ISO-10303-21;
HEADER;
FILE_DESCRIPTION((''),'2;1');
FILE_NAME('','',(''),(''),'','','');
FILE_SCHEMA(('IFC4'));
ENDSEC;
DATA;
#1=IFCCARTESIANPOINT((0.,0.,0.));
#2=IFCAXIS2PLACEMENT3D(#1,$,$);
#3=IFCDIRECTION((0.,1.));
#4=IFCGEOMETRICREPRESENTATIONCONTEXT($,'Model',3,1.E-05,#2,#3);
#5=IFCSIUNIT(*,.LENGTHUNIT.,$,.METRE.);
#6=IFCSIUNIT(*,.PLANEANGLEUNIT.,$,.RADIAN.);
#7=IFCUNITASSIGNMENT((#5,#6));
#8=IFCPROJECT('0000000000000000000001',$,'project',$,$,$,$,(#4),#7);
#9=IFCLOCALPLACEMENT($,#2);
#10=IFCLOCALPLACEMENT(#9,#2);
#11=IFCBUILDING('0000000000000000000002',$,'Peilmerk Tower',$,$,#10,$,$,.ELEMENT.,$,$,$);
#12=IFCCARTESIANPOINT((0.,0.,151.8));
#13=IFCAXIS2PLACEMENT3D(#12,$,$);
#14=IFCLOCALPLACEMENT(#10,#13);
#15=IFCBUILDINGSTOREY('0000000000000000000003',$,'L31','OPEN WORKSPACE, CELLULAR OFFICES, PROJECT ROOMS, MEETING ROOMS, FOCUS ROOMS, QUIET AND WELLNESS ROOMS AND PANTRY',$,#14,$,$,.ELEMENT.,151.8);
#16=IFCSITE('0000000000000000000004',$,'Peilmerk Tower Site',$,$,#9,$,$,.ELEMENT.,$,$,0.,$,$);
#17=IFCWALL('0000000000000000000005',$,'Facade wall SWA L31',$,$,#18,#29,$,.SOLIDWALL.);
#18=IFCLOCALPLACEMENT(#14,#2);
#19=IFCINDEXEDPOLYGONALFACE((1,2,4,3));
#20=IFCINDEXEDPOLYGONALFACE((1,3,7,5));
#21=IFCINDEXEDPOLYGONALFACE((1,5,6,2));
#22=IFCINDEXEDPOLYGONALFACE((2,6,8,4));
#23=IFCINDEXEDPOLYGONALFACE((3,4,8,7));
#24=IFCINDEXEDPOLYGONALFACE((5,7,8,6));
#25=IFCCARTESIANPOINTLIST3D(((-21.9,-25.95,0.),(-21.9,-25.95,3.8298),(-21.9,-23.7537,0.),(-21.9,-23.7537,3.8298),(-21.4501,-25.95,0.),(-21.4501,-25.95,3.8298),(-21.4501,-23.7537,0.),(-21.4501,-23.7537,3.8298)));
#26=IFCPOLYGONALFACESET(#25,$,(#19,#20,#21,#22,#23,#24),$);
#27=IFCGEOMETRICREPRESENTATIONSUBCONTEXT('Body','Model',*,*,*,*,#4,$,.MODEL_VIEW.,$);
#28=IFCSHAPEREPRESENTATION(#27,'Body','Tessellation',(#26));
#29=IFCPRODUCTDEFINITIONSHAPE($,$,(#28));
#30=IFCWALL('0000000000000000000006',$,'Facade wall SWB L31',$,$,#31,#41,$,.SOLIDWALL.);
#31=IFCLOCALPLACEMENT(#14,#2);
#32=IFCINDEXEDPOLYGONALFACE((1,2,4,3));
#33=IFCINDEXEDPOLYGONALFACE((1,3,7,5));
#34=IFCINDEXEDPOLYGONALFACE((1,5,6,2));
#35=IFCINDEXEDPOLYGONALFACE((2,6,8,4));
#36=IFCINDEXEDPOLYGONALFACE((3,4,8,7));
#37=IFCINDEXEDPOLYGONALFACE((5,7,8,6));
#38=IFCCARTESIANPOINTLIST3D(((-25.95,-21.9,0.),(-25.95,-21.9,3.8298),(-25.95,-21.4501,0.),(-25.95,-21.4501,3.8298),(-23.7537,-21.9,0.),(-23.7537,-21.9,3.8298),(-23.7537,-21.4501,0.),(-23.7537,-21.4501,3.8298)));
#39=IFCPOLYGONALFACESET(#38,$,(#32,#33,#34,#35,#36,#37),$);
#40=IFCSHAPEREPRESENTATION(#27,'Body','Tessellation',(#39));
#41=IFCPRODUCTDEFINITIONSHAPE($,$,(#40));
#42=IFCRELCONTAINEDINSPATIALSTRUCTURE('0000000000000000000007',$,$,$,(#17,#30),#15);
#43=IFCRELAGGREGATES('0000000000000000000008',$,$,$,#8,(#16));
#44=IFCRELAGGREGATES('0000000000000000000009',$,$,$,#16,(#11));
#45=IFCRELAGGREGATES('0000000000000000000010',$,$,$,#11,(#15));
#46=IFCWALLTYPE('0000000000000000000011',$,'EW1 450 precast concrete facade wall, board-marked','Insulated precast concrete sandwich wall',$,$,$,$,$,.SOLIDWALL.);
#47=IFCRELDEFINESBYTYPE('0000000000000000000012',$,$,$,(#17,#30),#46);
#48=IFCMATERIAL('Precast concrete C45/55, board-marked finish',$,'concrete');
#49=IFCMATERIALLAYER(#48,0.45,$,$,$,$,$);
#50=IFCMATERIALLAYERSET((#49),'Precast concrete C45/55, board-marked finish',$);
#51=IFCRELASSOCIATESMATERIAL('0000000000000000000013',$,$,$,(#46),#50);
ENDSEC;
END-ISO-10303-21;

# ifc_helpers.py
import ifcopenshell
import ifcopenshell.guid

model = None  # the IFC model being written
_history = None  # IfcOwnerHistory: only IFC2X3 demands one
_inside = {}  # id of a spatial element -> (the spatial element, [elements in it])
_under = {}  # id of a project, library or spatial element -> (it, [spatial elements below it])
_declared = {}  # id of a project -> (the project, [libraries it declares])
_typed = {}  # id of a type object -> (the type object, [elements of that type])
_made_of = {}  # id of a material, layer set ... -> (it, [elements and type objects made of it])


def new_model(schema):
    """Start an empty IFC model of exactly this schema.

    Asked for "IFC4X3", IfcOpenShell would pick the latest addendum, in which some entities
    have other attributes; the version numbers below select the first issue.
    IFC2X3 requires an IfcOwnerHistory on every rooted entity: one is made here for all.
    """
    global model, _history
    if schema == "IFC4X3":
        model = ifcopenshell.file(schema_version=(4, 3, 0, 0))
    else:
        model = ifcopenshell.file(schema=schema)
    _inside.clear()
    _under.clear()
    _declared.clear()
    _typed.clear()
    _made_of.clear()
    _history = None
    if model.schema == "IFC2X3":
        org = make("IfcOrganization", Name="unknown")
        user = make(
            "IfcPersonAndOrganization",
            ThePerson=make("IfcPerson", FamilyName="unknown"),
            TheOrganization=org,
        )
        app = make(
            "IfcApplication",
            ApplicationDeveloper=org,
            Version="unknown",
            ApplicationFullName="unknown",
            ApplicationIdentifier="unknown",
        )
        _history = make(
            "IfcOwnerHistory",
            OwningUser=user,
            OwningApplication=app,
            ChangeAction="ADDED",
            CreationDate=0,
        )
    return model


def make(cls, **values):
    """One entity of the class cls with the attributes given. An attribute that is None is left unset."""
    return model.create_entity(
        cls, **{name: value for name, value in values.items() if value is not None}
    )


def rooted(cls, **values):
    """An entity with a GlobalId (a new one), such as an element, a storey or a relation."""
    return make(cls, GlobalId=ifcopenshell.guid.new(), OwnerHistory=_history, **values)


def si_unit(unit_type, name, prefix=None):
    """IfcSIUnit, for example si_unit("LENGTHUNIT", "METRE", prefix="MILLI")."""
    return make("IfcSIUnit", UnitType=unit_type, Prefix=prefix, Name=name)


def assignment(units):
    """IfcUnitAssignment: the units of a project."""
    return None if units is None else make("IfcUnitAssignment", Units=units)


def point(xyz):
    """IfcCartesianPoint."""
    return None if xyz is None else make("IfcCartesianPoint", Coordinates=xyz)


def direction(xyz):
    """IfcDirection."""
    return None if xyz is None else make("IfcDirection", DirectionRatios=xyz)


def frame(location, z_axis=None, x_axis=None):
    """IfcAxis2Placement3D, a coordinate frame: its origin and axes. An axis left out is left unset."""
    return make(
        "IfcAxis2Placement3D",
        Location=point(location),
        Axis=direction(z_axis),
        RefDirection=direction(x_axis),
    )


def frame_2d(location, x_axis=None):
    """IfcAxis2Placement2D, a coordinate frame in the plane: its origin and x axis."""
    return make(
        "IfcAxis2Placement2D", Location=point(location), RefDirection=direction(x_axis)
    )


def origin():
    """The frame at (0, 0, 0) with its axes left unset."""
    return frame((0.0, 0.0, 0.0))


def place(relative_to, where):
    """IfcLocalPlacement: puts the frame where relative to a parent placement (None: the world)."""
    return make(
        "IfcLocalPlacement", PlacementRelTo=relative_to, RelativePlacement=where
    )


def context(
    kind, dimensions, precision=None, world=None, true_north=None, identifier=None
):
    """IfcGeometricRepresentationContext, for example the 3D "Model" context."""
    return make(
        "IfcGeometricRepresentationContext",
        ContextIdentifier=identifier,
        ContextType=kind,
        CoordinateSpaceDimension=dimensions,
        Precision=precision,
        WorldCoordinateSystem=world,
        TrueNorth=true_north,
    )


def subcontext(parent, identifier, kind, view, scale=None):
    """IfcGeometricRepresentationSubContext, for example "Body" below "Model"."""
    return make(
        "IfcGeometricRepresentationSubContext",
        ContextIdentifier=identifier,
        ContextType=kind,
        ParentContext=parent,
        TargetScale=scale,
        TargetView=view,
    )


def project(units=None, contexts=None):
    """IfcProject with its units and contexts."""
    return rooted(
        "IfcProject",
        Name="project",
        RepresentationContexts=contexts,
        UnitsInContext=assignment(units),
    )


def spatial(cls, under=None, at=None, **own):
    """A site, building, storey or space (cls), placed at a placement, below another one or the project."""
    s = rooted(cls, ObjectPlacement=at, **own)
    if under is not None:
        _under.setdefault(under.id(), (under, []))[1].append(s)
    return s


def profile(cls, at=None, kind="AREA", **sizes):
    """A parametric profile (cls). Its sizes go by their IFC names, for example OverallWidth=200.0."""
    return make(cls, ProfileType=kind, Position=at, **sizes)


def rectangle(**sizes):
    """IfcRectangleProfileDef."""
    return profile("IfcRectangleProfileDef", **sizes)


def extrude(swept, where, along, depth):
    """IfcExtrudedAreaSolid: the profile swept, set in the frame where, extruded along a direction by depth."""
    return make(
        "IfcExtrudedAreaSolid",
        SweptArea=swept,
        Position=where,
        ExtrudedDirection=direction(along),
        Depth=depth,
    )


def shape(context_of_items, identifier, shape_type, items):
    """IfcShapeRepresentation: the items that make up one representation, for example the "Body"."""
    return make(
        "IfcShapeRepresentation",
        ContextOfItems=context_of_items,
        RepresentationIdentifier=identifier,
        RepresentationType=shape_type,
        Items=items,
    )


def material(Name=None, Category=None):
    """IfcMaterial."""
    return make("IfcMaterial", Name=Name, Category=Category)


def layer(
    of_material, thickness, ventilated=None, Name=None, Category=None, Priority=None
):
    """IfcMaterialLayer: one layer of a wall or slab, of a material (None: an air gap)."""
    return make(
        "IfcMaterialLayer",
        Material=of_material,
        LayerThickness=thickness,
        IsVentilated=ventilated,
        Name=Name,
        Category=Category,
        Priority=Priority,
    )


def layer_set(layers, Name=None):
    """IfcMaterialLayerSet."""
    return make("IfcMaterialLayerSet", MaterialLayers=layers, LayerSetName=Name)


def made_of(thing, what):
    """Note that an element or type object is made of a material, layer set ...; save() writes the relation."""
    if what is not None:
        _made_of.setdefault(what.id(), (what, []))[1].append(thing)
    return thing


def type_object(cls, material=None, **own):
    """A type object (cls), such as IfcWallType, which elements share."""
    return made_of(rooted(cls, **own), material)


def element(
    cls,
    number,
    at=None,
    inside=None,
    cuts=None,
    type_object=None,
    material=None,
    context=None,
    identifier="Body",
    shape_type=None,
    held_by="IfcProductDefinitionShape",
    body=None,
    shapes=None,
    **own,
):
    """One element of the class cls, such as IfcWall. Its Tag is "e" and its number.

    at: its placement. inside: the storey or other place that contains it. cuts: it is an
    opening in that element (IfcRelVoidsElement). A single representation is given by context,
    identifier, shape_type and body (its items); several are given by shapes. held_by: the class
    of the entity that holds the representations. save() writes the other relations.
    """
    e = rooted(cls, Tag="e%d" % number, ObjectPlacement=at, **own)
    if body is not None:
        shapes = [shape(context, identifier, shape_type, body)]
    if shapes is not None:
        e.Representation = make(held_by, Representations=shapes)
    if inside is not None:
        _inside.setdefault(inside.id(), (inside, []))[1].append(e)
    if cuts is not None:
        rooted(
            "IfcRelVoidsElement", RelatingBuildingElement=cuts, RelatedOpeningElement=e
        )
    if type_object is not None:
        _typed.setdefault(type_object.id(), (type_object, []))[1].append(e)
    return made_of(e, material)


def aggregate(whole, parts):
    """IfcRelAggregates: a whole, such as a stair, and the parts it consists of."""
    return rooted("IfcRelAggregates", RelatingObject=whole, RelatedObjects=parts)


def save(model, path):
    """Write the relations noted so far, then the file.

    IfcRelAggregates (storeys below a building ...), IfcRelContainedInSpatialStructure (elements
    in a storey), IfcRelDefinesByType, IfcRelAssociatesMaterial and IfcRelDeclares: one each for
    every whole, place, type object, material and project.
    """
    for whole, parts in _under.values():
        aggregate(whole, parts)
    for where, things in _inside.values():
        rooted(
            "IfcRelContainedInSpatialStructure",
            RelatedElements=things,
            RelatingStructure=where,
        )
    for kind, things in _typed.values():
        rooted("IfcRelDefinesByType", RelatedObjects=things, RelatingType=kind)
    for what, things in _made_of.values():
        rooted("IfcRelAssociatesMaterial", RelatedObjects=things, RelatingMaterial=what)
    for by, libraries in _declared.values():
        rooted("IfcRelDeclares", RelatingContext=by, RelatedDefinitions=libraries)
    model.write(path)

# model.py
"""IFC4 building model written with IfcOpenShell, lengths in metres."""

from ifc_helpers import new_model, si_unit, direction, frame, frame_2d, origin, place, context, subcontext, project, spatial, rectangle, extrude, material, layer, layer_set, type_object, element, save


model = new_model("IFC4")

# Units and contexts
model_context = context("Model", 3, precision=1e-05, world=origin(), true_north=direction((0.0, 1.0)))
body_context = subcontext(model_context, "Body", "Model", "MODEL_VIEW")
ifc_project = project(units=[si_unit("LENGTHUNIT", "METRE"), si_unit("PLANEANGLEUNIT", "RADIAN")], contexts=[model_context])

# Site, building, storey
site_placement = place(None, origin())
site = spatial("IfcSite", under=ifc_project, at=site_placement, Name="Peilmerk Tower Site", CompositionType="ELEMENT", RefElevation=0.0)
building_placement = place(site_placement, origin())
building = spatial("IfcBuilding", under=site, at=building_placement, Name="Peilmerk Tower", CompositionType="ELEMENT")
storey_placement = place(building_placement, frame((0.0, 0.0, 151.8)))
storey = spatial("IfcBuildingStorey", under=building, at=storey_placement, Name="L31", Description="OPEN WORKSPACE, CELLULAR OFFICES, PROJECT ROOMS, MEETING ROOMS, FOCUS ROOMS, QUIET AND WELLNESS ROOMS AND PANTRY", CompositionType="ELEMENT", Elevation=151.8)

# Shared definitions
ifc_material_1 = material(Name="Precast concrete C45/55, board-marked finish", Category="concrete")
ifc_layer_1 = layer(ifc_material_1, 0.45)
ifc_layer_set_1 = layer_set([ifc_layer_1], Name="Precast concrete C45/55, board-marked finish")
wall_type = type_object("IfcWallType", Name="EW1 450 precast concrete facade wall, board-marked", Description="Insulated precast concrete sandwich wall", PredefinedType="SOLIDWALL", material=ifc_layer_set_1)

# Walls
for number, where, z_axis, x_axis, name in (
    (1, (-21.675, -23.7537, 0.0), (0.0, 0.0, 1.0), (0.0, -1.0, 0.0), "Facade wall SWA L31"),
    (2, (-23.7537, -21.675, 0.0), (0.0, 0.0, 1.0), (-1.0, 0.0, 0.0), "Facade wall SWB L31"),
):
    element("IfcWall", number, at=place(storey_placement, frame(where, z_axis=z_axis, x_axis=x_axis)), inside=storey, type_object=wall_type, Name=name, PredefinedType="SOLIDWALL", context=body_context, shape_type="SweptSolid", body=[
        extrude(rectangle(XDim=2.1963, YDim=0.45, at=frame_2d((1.0981, 0.0))), origin(), (0.0, 0.0, 1.0), 3.8298),
    ])

save(model, "model.ifc")
